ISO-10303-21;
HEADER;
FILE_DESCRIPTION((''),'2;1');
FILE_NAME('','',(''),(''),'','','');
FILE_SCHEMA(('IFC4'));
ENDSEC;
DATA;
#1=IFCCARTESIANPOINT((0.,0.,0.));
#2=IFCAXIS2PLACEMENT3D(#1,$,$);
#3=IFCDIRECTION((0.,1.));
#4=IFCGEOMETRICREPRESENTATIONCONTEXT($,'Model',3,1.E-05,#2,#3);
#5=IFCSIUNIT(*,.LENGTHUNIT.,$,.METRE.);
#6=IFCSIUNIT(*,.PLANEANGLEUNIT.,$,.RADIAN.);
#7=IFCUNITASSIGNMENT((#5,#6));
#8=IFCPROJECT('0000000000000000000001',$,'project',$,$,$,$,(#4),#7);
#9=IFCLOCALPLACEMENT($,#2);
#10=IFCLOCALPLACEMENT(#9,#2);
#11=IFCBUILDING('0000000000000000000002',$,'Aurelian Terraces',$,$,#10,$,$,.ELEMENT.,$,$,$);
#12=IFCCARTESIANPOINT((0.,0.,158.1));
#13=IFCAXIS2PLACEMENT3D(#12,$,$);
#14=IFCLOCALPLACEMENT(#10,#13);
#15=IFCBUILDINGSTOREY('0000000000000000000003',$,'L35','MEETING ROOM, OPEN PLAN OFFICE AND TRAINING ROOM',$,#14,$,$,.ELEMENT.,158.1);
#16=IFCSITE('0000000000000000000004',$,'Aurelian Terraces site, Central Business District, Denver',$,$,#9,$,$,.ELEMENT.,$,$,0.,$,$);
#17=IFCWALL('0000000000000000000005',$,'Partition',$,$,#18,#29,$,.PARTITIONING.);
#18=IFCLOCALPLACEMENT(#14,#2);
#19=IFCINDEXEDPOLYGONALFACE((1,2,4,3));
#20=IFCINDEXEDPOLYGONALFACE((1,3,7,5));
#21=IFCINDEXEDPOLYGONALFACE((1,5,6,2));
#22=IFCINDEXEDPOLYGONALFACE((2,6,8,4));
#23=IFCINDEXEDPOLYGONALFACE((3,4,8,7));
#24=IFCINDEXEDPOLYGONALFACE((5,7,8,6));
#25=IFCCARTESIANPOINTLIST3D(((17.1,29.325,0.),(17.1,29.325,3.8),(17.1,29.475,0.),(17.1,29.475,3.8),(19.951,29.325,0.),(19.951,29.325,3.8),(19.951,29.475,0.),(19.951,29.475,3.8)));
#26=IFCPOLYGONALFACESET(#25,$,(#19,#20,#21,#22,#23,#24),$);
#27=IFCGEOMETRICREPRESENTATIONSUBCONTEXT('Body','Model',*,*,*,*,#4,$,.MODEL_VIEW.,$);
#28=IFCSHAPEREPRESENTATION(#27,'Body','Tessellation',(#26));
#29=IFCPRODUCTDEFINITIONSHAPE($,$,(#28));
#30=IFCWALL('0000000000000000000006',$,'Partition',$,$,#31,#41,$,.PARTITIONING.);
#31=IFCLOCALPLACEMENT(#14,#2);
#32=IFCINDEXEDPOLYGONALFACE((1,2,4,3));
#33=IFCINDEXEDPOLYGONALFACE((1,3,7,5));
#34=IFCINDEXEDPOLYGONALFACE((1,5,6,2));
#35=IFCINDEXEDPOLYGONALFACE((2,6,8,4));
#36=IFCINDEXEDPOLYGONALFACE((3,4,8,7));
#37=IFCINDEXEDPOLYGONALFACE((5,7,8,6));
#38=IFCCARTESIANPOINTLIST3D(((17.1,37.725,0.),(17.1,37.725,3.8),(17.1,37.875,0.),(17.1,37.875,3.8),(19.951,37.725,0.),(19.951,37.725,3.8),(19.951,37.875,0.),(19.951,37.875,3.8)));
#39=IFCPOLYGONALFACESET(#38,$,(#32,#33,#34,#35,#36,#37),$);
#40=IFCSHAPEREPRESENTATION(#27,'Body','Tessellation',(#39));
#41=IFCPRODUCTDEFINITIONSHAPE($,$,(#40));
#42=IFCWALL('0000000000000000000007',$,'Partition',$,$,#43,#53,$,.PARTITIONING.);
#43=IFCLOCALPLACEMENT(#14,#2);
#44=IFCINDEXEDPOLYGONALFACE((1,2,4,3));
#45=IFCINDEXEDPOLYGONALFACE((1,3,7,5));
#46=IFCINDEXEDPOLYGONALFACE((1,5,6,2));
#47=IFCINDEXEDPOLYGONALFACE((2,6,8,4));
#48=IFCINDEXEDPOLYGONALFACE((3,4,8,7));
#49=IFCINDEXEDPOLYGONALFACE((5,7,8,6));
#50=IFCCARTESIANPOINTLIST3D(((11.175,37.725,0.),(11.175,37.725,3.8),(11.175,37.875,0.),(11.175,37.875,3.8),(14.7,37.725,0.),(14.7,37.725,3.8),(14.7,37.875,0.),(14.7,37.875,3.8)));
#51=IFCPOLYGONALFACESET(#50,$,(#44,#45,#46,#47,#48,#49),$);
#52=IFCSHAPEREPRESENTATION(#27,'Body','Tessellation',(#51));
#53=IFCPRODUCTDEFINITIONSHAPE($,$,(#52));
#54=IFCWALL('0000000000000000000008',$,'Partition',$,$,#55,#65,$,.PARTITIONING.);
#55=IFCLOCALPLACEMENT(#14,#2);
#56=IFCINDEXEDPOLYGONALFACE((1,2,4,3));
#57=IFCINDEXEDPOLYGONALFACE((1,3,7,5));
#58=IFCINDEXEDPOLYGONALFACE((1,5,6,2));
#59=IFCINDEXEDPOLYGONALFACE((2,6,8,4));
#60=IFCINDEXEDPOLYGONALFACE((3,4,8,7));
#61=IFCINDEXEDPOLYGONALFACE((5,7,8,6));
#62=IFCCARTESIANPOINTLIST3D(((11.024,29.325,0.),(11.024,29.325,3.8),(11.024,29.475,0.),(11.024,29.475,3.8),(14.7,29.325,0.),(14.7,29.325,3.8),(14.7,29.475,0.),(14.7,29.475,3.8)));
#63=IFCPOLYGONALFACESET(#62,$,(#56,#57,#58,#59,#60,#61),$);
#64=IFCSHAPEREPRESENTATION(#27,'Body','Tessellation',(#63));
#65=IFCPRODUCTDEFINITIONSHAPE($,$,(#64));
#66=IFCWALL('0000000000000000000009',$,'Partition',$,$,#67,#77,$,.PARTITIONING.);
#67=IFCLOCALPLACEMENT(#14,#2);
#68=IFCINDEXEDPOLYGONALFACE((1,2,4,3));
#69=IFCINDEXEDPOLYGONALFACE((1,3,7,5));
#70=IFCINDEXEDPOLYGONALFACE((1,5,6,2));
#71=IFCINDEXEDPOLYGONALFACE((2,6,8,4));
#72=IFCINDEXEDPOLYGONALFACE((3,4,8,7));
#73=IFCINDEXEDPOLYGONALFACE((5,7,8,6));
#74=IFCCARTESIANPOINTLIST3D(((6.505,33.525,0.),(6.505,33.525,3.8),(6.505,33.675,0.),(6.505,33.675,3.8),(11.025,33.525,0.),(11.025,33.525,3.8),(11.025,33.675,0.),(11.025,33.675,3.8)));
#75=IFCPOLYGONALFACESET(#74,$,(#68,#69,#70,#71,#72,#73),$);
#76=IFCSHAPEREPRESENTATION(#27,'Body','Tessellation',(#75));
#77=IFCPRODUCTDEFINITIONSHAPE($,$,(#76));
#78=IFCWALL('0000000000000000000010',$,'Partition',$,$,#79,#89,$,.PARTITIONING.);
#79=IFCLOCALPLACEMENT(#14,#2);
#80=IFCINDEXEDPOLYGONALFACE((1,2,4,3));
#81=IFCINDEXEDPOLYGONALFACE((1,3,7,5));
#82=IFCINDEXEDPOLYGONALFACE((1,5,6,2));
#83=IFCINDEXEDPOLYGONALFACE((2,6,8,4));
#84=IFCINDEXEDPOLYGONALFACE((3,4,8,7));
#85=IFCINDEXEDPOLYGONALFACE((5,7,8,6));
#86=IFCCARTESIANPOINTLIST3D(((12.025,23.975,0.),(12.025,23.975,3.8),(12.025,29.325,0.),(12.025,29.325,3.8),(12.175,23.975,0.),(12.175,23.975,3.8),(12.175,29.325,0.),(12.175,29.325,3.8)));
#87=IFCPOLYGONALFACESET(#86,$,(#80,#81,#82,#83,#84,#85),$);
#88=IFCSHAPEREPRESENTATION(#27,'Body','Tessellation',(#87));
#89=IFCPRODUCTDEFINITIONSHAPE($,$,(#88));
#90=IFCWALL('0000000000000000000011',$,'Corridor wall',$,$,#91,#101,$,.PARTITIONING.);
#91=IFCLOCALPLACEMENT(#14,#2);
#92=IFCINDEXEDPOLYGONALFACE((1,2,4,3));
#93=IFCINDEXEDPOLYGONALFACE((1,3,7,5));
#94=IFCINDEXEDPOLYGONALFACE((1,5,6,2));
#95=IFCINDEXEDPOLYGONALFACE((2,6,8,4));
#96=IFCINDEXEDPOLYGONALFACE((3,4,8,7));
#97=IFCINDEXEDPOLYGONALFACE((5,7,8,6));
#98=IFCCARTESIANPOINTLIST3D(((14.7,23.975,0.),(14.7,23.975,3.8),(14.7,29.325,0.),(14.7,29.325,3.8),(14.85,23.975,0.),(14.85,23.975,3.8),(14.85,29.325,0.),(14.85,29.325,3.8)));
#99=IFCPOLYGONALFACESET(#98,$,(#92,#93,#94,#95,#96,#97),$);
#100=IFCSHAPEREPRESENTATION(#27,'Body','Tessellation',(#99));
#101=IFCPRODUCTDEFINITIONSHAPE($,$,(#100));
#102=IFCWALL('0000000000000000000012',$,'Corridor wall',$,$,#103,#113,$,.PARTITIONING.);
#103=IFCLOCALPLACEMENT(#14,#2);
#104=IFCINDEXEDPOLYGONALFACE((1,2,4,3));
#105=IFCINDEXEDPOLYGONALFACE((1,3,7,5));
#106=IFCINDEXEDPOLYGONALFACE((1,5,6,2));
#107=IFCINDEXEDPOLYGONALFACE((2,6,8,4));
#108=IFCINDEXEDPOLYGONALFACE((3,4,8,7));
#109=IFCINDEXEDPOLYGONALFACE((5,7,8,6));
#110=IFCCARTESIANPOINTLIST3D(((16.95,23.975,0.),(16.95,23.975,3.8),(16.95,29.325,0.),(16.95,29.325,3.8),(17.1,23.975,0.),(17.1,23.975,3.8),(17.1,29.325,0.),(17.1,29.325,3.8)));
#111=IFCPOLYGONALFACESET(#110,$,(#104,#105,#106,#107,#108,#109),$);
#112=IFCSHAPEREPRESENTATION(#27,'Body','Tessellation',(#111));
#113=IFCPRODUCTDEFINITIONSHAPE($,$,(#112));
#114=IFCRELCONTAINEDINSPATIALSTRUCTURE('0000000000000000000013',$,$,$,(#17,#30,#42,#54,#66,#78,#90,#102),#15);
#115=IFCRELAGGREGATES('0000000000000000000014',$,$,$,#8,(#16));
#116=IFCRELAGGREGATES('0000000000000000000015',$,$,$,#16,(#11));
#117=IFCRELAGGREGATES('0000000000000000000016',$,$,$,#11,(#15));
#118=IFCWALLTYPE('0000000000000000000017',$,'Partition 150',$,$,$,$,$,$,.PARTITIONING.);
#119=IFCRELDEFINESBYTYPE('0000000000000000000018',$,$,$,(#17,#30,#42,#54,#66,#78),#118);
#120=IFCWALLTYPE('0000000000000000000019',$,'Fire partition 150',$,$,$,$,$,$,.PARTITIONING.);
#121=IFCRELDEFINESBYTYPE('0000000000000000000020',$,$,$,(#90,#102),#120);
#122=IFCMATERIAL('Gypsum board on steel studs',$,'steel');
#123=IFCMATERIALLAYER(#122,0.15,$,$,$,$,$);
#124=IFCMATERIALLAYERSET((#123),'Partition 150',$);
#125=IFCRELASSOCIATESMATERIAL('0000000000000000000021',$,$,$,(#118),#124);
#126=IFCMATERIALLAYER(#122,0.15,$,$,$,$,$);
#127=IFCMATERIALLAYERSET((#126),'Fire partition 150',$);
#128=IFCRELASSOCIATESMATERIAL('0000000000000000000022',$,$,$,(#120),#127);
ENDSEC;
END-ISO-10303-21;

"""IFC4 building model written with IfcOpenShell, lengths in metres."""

from ifc_helpers import new_model, si_unit, direction, frame, frame_2d, origin, place, context, subcontext, project, spatial, rectangle, extrude, source, transform, mapped, material, layer, layer_set, type_object, element, save


model = new_model("IFC4")

# Units and contexts
model_context = context("Model", 3, precision=1e-05, world=origin(), true_north=direction((0.0, 1.0)))
body_context = subcontext(model_context, "Body", "Model", "MODEL_VIEW")
ifc_project = project(units=[si_unit("LENGTHUNIT", "METRE"), si_unit("PLANEANGLEUNIT", "RADIAN")], contexts=[model_context])

# Site, building, storey
site_placement = place(None, origin())
site = spatial("IfcSite", under=ifc_project, at=site_placement, Name="Aurelian Terraces site, Central Business District, Denver", CompositionType="ELEMENT", RefElevation=0.0)
building_placement = place(site_placement, origin())
building = spatial("IfcBuilding", under=site, at=building_placement, Name="Aurelian Terraces", CompositionType="ELEMENT")
storey_placement = place(building_placement, frame((0.0, 0.0, 158.1)))
storey = spatial("IfcBuildingStorey", under=building, at=storey_placement, Name="L35", Description="MEETING ROOM, OPEN PLAN OFFICE AND TRAINING ROOM", CompositionType="ELEMENT", Elevation=158.1)

# Shared definitions
ifc_material_1 = material(Name="Gypsum board on steel studs", Category="steel")
ifc_layer_1 = layer(ifc_material_1, 0.15)
ifc_layer_set_1 = layer_set([ifc_layer_1], Name="Partition 150")
wall_type_1 = type_object("IfcWallType", Name="Partition 150", PredefinedType="PARTITIONING", material=ifc_layer_set_1)

# Shared definitions
ifc_layer_2 = layer(ifc_material_1, 0.15)
ifc_layer_set_2 = layer_set([ifc_layer_2], Name="Fire partition 150")
wall_type_2 = type_object("IfcWallType", Name="Fire partition 150", PredefinedType="PARTITIONING", material=ifc_layer_set_2)

# Walls
shared_shape_1 = source(origin(), body_context, "Body", "SweptSolid", [
    extrude(rectangle(XDim=2.851, YDim=0.15, at=frame_2d((1.4255, 0.0))), origin(), (0.0, 0.0, 1.0), 3.8),
])
for number, where, z_axis, x_axis, name in (
    (1, (19.951, 29.4, 0.0), (0.0, 0.0, 1.0), (-1.0, 0.0, 0.0), "Partition"),
    (2, (19.951, 37.8, 0.0), (0.0, 0.0, 1.0), (-1.0, 0.0, 0.0), "Partition"),
):
    element("IfcWall", number, at=place(storey_placement, frame(where, z_axis=z_axis, x_axis=x_axis)), inside=storey, type_object=wall_type_1, Name=name, PredefinedType="PARTITIONING", context=body_context, shape_type="MappedRepresentation", body=[
        mapped(shared_shape_1, transform((0.0, 0.0, 0.0), scale=1.0)),
    ])
shared_shape_2 = source(origin(), body_context, "Body", "SweptSolid", [
    extrude(rectangle(XDim=3.525, YDim=0.15, at=frame_2d((1.7625, 0.0))), origin(), (0.0, 0.0, 1.0), 3.8),
])
wall_1_placement = place(storey_placement, frame((14.7, 37.8, 0.0), z_axis=(0.0, 0.0, 1.0), x_axis=(-1.0, 0.0, 0.0)))
element("IfcWall", 3, at=wall_1_placement, inside=storey, type_object=wall_type_1, Name="Partition", PredefinedType="PARTITIONING", context=body_context, shape_type="MappedRepresentation", body=[
    mapped(shared_shape_2, transform((0.0, 0.0, 0.0), scale=1.0)),
])
shared_shape_3 = source(origin(), body_context, "Body", "SweptSolid", [
    extrude(rectangle(XDim=3.676, YDim=0.15, at=frame_2d((1.838, 0.0))), origin(), (0.0, 0.0, 1.0), 3.8),
])
wall_2_placement = place(storey_placement, frame((14.7, 29.4, 0.0), z_axis=(0.0, 0.0, 1.0), x_axis=(-1.0, 0.0, 0.0)))
element("IfcWall", 4, at=wall_2_placement, inside=storey, type_object=wall_type_1, Name="Partition", PredefinedType="PARTITIONING", context=body_context, shape_type="MappedRepresentation", body=[
    mapped(shared_shape_3, transform((0.0, 0.0, 0.0), scale=1.0)),
])
shared_shape_4 = source(origin(), body_context, "Body", "SweptSolid", [
    extrude(rectangle(XDim=4.52, YDim=0.15, at=frame_2d((2.26, 0.0))), origin(), (0.0, 0.0, 1.0), 3.8),
])
wall_3_placement = place(storey_placement, frame((11.025, 33.6, 0.0), z_axis=(0.0, 0.0, 1.0), x_axis=(-1.0, 0.0, 0.0)))
element("IfcWall", 5, at=wall_3_placement, inside=storey, type_object=wall_type_1, Name="Partition", PredefinedType="PARTITIONING", context=body_context, shape_type="MappedRepresentation", body=[
    mapped(shared_shape_4, transform((0.0, 0.0, 0.0), scale=1.0)),
])
shared_shape_5 = source(origin(), body_context, "Body", "SweptSolid", [
    extrude(rectangle(XDim=5.35, YDim=0.15, at=frame_2d((2.675, 0.0))), origin(), (0.0, 0.0, 1.0), 3.8),
])
wall_4_placement = place(storey_placement, frame((12.1, 23.975, 0.0), z_axis=(0.0, 0.0, 1.0), x_axis=(0.0, 1.0, 0.0)))
element("IfcWall", 6, at=wall_4_placement, inside=storey, type_object=wall_type_1, Name="Partition", PredefinedType="PARTITIONING", context=body_context, shape_type="MappedRepresentation", body=[
    mapped(shared_shape_5, transform((0.0, 0.0, 0.0), scale=1.0)),
])
for number, where, z_axis, x_axis, name in (
    (7, (14.775, 23.975, 0.0), (0.0, 0.0, 1.0), (0.0, 1.0, 0.0), "Corridor wall"),
    (8, (17.025, 29.325, 0.0), (0.0, 0.0, 1.0), (0.0, -1.0, 0.0), "Corridor wall"),
):
    element("IfcWall", number, at=place(storey_placement, frame(where, z_axis=z_axis, x_axis=x_axis)), inside=storey, type_object=wall_type_2, Name=name, PredefinedType="PARTITIONING", context=body_context, shape_type="MappedRepresentation", body=[
        mapped(shared_shape_5, transform((0.0, 0.0, 0.0), scale=1.0)),
    ])

save(model, "model.ifc")
